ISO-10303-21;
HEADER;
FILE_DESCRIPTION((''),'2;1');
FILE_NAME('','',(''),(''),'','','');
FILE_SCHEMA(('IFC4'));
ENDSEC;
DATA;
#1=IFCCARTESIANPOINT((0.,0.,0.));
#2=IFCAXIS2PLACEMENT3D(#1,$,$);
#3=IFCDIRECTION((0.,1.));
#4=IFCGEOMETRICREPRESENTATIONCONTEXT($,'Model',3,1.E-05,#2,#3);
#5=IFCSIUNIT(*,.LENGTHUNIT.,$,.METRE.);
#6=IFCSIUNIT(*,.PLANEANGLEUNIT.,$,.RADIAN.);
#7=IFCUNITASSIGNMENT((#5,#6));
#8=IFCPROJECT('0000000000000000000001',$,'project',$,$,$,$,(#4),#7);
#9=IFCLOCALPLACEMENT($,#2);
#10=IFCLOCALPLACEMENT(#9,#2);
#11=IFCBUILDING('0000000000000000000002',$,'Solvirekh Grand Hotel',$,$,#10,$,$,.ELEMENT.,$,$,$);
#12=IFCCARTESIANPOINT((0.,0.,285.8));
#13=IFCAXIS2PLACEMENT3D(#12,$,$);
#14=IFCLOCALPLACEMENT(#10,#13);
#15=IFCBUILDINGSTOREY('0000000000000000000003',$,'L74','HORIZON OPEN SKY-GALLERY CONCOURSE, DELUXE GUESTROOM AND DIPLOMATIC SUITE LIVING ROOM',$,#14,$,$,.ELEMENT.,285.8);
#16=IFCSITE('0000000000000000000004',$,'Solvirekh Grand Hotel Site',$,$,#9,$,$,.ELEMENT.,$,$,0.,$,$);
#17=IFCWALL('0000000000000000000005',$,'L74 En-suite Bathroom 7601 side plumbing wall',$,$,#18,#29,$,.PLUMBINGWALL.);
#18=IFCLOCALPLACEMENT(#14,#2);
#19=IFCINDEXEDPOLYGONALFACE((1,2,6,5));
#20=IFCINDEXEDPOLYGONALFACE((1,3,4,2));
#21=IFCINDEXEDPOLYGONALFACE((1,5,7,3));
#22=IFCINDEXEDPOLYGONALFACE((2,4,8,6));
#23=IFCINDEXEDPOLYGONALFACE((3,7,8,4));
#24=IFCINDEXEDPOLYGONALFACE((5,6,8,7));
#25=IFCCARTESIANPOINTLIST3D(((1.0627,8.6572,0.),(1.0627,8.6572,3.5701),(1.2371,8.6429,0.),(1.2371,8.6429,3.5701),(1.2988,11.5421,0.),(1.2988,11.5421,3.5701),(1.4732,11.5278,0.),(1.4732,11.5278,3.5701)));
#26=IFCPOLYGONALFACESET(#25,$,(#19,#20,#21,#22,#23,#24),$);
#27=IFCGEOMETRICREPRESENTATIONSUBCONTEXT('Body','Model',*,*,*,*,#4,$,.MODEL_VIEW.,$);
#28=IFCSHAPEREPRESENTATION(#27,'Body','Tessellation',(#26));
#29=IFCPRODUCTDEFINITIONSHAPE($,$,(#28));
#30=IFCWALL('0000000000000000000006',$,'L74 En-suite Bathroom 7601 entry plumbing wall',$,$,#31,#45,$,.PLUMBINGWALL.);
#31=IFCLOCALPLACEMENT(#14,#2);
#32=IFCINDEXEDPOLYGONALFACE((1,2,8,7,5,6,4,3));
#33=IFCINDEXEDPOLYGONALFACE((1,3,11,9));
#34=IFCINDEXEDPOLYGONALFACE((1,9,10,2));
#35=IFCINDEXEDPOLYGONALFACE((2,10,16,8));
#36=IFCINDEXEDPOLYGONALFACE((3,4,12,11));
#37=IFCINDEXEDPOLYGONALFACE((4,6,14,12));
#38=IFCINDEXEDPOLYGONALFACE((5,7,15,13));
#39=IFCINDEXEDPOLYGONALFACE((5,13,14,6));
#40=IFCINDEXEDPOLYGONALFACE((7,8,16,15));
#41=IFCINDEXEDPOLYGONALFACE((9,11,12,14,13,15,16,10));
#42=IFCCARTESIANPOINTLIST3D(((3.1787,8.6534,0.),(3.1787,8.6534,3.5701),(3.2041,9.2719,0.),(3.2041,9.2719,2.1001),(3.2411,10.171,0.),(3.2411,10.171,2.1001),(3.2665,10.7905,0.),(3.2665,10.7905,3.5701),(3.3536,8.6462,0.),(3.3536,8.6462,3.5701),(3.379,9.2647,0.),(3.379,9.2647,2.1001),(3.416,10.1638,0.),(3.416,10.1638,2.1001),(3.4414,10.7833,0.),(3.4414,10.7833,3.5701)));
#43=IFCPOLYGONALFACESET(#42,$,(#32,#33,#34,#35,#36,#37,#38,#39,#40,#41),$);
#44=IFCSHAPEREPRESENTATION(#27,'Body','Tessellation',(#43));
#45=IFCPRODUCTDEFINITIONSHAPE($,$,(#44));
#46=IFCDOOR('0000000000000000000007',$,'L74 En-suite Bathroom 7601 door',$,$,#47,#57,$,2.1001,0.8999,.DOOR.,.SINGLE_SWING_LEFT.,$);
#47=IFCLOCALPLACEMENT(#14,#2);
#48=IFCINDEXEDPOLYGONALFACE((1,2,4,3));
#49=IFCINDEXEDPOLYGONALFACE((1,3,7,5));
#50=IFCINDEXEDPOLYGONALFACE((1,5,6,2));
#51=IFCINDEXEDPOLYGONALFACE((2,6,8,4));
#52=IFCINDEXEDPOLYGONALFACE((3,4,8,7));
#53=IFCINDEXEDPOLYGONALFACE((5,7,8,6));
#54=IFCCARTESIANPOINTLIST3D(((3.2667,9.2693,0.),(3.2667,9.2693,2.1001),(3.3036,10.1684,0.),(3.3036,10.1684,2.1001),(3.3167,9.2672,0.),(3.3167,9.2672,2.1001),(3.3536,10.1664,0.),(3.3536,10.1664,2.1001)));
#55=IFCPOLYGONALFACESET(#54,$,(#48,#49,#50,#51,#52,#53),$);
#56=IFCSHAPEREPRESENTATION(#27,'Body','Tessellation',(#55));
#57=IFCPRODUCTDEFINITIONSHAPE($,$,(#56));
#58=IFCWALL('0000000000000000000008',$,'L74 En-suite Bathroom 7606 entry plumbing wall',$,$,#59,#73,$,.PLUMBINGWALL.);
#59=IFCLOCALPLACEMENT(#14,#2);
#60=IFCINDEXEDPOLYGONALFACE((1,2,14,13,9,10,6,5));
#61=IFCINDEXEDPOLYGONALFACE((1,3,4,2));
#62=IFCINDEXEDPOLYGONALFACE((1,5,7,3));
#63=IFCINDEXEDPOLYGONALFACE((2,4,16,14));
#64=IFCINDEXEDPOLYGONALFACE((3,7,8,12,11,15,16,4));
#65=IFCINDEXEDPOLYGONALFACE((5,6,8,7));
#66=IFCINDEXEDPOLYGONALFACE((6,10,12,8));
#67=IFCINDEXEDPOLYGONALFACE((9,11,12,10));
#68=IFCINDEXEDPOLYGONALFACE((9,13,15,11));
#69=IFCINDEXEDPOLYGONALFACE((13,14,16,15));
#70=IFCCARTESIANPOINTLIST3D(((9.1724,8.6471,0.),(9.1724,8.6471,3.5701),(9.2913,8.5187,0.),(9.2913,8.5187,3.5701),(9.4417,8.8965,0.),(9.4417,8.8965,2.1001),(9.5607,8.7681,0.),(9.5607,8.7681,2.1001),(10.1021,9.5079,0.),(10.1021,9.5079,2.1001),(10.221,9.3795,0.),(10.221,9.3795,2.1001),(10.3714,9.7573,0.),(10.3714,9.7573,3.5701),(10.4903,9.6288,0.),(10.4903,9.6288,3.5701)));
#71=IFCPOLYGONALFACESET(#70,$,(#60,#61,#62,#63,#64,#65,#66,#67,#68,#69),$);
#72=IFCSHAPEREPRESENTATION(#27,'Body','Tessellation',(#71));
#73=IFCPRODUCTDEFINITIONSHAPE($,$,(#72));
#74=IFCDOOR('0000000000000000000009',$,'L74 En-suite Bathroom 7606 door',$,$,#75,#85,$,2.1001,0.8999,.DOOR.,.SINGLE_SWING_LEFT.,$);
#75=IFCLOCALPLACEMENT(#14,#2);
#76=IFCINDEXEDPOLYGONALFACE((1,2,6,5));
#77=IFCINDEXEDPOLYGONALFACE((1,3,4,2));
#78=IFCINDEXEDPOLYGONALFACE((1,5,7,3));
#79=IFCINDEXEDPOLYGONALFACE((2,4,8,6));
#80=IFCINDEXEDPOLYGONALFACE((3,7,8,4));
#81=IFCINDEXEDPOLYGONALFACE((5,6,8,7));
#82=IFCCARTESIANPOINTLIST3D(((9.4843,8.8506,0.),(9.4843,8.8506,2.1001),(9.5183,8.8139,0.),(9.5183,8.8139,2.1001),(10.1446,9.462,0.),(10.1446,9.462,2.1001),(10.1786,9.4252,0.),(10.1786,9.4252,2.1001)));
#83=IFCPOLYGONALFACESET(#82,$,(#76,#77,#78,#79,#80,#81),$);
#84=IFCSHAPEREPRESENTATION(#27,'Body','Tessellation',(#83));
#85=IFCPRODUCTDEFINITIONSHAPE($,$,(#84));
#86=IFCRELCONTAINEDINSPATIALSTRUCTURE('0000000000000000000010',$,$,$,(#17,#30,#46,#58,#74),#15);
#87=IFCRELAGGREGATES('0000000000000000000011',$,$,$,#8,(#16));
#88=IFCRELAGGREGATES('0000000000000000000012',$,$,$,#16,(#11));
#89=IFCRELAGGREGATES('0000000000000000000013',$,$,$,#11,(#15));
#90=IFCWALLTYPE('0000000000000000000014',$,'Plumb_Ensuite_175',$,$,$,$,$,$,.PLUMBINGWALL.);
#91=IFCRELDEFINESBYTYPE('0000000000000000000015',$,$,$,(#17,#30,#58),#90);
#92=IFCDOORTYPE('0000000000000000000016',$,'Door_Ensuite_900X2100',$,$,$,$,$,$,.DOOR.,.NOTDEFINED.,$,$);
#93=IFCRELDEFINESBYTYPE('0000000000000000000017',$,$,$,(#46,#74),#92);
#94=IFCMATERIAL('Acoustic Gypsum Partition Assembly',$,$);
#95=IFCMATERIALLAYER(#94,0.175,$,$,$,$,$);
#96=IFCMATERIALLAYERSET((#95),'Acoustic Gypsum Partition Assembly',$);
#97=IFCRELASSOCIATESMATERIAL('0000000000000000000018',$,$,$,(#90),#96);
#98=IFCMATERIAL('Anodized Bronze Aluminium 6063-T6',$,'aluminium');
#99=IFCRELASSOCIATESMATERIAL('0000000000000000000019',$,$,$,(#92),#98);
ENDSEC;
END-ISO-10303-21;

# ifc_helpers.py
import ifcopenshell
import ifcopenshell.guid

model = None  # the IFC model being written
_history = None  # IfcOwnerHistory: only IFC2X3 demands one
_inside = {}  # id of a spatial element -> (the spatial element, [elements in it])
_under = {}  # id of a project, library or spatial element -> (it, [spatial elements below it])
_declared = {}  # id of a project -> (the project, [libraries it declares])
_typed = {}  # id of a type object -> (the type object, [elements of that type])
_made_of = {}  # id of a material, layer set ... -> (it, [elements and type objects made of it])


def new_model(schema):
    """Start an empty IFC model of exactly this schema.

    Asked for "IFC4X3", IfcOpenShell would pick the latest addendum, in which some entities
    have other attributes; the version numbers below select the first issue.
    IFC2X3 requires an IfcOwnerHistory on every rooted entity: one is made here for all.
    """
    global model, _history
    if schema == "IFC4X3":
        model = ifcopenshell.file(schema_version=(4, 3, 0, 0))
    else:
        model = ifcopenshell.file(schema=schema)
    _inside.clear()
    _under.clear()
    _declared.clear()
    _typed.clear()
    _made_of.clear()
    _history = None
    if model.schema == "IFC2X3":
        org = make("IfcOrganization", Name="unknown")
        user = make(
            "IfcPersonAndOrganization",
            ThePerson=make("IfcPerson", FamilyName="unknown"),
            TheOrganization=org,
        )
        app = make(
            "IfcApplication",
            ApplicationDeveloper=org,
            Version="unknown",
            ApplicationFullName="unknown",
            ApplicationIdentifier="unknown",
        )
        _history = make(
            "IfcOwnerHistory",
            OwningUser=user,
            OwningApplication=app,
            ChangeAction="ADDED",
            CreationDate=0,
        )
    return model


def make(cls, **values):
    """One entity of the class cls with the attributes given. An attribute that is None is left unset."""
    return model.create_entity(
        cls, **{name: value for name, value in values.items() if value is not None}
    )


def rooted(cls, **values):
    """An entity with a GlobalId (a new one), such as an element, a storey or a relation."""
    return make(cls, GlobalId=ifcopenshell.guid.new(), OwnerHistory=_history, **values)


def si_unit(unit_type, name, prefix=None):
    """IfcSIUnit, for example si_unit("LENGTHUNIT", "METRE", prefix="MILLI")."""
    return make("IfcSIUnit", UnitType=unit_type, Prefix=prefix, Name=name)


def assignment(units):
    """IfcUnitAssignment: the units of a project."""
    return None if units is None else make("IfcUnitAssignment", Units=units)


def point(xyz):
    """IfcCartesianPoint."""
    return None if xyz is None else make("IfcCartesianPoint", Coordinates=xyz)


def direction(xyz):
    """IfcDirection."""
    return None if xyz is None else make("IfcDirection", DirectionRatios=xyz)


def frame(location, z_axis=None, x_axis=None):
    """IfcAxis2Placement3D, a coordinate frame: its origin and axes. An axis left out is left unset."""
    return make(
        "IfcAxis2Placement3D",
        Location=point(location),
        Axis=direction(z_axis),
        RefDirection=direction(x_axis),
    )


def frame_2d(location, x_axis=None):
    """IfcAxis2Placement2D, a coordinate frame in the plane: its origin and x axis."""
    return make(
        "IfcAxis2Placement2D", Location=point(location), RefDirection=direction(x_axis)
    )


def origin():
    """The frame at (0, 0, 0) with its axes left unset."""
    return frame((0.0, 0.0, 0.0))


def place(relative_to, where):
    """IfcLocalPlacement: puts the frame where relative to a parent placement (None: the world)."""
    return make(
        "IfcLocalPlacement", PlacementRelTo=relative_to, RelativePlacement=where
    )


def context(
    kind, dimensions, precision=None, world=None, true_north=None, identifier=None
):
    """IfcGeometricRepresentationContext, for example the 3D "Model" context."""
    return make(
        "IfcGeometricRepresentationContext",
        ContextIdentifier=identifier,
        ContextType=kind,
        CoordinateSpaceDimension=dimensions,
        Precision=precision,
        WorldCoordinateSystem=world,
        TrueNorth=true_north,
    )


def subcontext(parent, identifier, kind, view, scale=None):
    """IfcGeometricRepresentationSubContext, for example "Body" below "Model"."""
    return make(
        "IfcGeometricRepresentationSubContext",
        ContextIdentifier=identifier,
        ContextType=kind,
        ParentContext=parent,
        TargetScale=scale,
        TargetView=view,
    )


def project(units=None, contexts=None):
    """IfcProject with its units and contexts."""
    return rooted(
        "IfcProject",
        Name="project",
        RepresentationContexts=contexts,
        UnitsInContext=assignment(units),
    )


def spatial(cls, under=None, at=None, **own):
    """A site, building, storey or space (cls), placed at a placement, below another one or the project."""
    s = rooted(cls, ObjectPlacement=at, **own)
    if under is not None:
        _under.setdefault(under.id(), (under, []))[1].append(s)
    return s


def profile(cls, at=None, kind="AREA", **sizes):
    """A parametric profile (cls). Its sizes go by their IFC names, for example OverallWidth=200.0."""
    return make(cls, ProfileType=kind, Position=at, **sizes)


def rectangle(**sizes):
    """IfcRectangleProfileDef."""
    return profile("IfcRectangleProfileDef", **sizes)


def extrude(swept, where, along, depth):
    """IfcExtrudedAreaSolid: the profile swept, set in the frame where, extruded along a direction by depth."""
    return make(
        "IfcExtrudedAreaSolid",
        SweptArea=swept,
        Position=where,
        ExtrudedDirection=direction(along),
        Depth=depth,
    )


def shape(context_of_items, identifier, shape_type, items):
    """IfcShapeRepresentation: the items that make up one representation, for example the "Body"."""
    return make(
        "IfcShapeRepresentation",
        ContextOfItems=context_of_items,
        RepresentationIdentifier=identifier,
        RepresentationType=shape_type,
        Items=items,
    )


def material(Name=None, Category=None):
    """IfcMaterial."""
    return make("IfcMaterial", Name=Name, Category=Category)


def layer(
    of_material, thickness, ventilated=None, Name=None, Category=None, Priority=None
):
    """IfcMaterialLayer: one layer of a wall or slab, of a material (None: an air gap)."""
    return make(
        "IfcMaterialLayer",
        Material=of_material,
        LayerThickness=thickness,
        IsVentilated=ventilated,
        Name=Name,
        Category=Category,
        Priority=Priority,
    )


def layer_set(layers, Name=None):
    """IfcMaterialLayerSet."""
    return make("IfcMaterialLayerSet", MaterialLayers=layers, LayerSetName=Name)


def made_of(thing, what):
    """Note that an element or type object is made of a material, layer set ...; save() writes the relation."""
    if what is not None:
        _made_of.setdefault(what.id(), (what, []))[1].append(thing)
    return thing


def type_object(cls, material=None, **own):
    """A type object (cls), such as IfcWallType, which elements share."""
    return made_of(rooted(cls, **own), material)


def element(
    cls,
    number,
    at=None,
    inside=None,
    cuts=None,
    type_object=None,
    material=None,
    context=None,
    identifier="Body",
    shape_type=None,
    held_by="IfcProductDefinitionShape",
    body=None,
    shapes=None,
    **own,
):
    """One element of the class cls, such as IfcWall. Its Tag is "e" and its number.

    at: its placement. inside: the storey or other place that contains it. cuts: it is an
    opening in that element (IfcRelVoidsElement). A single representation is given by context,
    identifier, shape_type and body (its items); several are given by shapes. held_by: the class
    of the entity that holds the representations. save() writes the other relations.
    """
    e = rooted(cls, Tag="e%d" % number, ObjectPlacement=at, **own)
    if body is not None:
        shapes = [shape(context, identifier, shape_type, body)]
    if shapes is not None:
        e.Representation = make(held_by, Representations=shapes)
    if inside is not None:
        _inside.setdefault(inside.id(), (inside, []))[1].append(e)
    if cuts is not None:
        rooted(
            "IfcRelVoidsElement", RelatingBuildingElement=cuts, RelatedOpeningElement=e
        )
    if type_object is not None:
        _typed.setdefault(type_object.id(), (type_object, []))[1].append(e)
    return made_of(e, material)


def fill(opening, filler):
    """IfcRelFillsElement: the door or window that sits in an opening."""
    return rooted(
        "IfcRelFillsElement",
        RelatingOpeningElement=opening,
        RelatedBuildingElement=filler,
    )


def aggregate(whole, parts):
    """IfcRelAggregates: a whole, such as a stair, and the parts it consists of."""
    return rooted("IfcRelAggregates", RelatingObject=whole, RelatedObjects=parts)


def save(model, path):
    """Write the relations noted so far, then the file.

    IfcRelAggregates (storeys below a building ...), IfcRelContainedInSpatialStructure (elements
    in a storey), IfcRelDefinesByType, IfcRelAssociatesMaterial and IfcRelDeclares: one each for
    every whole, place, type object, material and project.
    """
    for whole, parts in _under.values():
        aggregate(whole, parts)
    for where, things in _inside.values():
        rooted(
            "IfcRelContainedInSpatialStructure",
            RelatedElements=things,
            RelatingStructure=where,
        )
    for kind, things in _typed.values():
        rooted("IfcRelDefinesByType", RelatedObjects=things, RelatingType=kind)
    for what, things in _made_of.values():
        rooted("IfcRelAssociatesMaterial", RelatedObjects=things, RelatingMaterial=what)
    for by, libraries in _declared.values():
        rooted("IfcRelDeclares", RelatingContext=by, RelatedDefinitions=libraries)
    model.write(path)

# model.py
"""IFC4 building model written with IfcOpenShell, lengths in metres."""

from ifc_helpers import new_model, si_unit, direction, frame, frame_2d, origin, place, context, subcontext, project, spatial, rectangle, extrude, material, layer, layer_set, type_object, element, fill, save


model = new_model("IFC4")

# Units and contexts
model_context = context("Model", 3, precision=1e-05, world=origin(), true_north=direction((0.0, 1.0)))
body_context = subcontext(model_context, "Body", "Model", "MODEL_VIEW")
ifc_project = project(units=[si_unit("LENGTHUNIT", "METRE"), si_unit("PLANEANGLEUNIT", "RADIAN")], contexts=[model_context])

# Site, building, storey
site_placement = place(None, origin())
site = spatial("IfcSite", under=ifc_project, at=site_placement, Name="Solvirekh Grand Hotel Site", CompositionType="ELEMENT", RefElevation=0.0)
building_placement = place(site_placement, origin())
building = spatial("IfcBuilding", under=site, at=building_placement, Name="Solvirekh Grand Hotel", CompositionType="ELEMENT")
storey_placement = place(building_placement, frame((0.0, 0.0, 285.8)))
storey = spatial("IfcBuildingStorey", under=building, at=storey_placement, Name="L74", Description="HORIZON OPEN SKY-GALLERY CONCOURSE, DELUXE GUESTROOM AND DIPLOMATIC SUITE LIVING ROOM", CompositionType="ELEMENT", Elevation=285.8)

# Shared definitions
ifc_material_1 = material(Name="Anodized Bronze Aluminium 6063-T6", Category="aluminium")

# Shared definitions
ifc_material_2 = material(Name="Acoustic Gypsum Partition Assembly")

# Wall
ifc_layer_1 = layer(ifc_material_2, 0.175)
ifc_layer_set_1 = layer_set([ifc_layer_1], Name="Acoustic Gypsum Partition Assembly")
wall_type_1 = type_object("IfcWallType", Name="Plumb_Ensuite_175", PredefinedType="PLUMBINGWALL", material=ifc_layer_set_1)
wall_1_placement = place(storey_placement, frame((1.386, 11.5349, 0.0), z_axis=(0.0, 0.0, 1.0), x_axis=(-0.081559, -0.996669, 0.0)))
element("IfcWall", 1, at=wall_1_placement, inside=storey, type_object=wall_type_1, Name="L74 En-suite Bathroom 7601 side plumbing wall", PredefinedType="PLUMBINGWALL", context=body_context, shape_type="SweptSolid", body=[
    extrude(rectangle(XDim=2.8945, YDim=0.175, at=frame_2d((1.4473, 0.0))), origin(), (0.0, 0.0, 1.0), 3.5701),
])

# Walls, openings, doors
wall_2_placement = place(storey_placement, frame((3.2661, 8.6499, 0.0), z_axis=(0.0, 0.0, 1.0), x_axis=(0.041089, 0.999155, 0.0)))
wall_2 = element("IfcWall", 2, at=wall_2_placement, inside=storey, type_object=wall_type_1, Name="L74 En-suite Bathroom 7601 entry plumbing wall", PredefinedType="PLUMBINGWALL", context=body_context, shape_type="SweptSolid", body=[
    extrude(rectangle(XDim=2.1389, YDim=0.175, at=frame_2d((1.0693, 0.0))), origin(), (0.0, 0.0, 1.0), 3.5701),
])
opening_1_placement = place(wall_2_placement, frame((0.6189, 0.0, 0.0)))
opening_1 = element("IfcOpeningElement", 3, at=opening_1_placement, cuts=wall_2, PredefinedType="OPENING", context=body_context, shape_type="SweptSolid", body=[
    extrude(rectangle(XDim=0.8999, YDim=2.1001, at=frame_2d((0.45, 1.05))), frame((0.0, 0.0977, 0.0), z_axis=(0.0, -1.0, 0.0), x_axis=(1.0, 0.0, 0.0)), (0.0, 0.0, 1.0), 0.1951),
])
door_type_1 = type_object("IfcDoorType", Name="Door_Ensuite_900X2100", OperationType="NOTDEFINED", PredefinedType="DOOR", material=ifc_material_1)
door_1_placement = place(opening_1_placement, origin())
door_1 = element("IfcDoor", 4, at=door_1_placement, inside=storey, type_object=door_type_1, Name="L74 En-suite Bathroom 7601 door", OperationType="SINGLE_SWING_LEFT", OverallHeight=2.1001, OverallWidth=0.8999, PredefinedType="DOOR", context=body_context, shape_type="SweptSolid", body=[
    extrude(rectangle(XDim=0.8999, YDim=2.1001, at=frame_2d((0.45, 1.05))), frame((0.0, 0.0249, 0.0), z_axis=(0.0, -1.0, 0.0), x_axis=(1.0, 0.0, 0.0)), (0.0, 0.0, 1.0), 0.05),
])
fill(opening_1, door_1)
wall_3_placement = place(storey_placement, frame((9.2319, 8.583, 0.0), z_axis=(0.0, 0.0, 1.0), x_axis=(0.733777, 0.67939, 0.0)))
wall_3 = element("IfcWall", 5, at=wall_3_placement, inside=storey, type_object=wall_type_1, Name="L74 En-suite Bathroom 7606 entry plumbing wall", PredefinedType="PLUMBINGWALL", context=body_context, shape_type="SweptSolid", body=[
    extrude(rectangle(XDim=1.634, YDim=0.175, at=frame_2d((0.8169, 0.0))), origin(), (0.0, 0.0, 1.0), 3.5701),
])
opening_2_placement = place(wall_3_placement, frame((0.3669, 0.0, 0.0)))
opening_2 = element("IfcOpeningElement", 6, at=opening_2_placement, cuts=wall_3, PredefinedType="OPENING", context=body_context, shape_type="SweptSolid", body=[
    extrude(rectangle(XDim=0.8999, YDim=2.1001, at=frame_2d((0.45, 1.05))), frame((0.0, 0.0977, 0.0), z_axis=(0.0, -1.0, 0.0), x_axis=(1.0, 0.0, 0.0)), (0.0, 0.0, 1.0), 0.1951),
])
door_2_placement = place(opening_2_placement, origin())
door_2 = element("IfcDoor", 7, at=door_2_placement, inside=storey, type_object=door_type_1, Name="L74 En-suite Bathroom 7606 door", OperationType="SINGLE_SWING_LEFT", OverallHeight=2.1001, OverallWidth=0.8999, PredefinedType="DOOR", context=body_context, shape_type="SweptSolid", body=[
    extrude(rectangle(XDim=0.8999, YDim=2.1001, at=frame_2d((0.45, 1.05))), frame((0.0, 0.0249, 0.0), z_axis=(0.0, -1.0, 0.0), x_axis=(1.0, 0.0, 0.0)), (0.0, 0.0, 1.0), 0.05),
])
fill(opening_2, door_2)

save(model, "model.ifc")
